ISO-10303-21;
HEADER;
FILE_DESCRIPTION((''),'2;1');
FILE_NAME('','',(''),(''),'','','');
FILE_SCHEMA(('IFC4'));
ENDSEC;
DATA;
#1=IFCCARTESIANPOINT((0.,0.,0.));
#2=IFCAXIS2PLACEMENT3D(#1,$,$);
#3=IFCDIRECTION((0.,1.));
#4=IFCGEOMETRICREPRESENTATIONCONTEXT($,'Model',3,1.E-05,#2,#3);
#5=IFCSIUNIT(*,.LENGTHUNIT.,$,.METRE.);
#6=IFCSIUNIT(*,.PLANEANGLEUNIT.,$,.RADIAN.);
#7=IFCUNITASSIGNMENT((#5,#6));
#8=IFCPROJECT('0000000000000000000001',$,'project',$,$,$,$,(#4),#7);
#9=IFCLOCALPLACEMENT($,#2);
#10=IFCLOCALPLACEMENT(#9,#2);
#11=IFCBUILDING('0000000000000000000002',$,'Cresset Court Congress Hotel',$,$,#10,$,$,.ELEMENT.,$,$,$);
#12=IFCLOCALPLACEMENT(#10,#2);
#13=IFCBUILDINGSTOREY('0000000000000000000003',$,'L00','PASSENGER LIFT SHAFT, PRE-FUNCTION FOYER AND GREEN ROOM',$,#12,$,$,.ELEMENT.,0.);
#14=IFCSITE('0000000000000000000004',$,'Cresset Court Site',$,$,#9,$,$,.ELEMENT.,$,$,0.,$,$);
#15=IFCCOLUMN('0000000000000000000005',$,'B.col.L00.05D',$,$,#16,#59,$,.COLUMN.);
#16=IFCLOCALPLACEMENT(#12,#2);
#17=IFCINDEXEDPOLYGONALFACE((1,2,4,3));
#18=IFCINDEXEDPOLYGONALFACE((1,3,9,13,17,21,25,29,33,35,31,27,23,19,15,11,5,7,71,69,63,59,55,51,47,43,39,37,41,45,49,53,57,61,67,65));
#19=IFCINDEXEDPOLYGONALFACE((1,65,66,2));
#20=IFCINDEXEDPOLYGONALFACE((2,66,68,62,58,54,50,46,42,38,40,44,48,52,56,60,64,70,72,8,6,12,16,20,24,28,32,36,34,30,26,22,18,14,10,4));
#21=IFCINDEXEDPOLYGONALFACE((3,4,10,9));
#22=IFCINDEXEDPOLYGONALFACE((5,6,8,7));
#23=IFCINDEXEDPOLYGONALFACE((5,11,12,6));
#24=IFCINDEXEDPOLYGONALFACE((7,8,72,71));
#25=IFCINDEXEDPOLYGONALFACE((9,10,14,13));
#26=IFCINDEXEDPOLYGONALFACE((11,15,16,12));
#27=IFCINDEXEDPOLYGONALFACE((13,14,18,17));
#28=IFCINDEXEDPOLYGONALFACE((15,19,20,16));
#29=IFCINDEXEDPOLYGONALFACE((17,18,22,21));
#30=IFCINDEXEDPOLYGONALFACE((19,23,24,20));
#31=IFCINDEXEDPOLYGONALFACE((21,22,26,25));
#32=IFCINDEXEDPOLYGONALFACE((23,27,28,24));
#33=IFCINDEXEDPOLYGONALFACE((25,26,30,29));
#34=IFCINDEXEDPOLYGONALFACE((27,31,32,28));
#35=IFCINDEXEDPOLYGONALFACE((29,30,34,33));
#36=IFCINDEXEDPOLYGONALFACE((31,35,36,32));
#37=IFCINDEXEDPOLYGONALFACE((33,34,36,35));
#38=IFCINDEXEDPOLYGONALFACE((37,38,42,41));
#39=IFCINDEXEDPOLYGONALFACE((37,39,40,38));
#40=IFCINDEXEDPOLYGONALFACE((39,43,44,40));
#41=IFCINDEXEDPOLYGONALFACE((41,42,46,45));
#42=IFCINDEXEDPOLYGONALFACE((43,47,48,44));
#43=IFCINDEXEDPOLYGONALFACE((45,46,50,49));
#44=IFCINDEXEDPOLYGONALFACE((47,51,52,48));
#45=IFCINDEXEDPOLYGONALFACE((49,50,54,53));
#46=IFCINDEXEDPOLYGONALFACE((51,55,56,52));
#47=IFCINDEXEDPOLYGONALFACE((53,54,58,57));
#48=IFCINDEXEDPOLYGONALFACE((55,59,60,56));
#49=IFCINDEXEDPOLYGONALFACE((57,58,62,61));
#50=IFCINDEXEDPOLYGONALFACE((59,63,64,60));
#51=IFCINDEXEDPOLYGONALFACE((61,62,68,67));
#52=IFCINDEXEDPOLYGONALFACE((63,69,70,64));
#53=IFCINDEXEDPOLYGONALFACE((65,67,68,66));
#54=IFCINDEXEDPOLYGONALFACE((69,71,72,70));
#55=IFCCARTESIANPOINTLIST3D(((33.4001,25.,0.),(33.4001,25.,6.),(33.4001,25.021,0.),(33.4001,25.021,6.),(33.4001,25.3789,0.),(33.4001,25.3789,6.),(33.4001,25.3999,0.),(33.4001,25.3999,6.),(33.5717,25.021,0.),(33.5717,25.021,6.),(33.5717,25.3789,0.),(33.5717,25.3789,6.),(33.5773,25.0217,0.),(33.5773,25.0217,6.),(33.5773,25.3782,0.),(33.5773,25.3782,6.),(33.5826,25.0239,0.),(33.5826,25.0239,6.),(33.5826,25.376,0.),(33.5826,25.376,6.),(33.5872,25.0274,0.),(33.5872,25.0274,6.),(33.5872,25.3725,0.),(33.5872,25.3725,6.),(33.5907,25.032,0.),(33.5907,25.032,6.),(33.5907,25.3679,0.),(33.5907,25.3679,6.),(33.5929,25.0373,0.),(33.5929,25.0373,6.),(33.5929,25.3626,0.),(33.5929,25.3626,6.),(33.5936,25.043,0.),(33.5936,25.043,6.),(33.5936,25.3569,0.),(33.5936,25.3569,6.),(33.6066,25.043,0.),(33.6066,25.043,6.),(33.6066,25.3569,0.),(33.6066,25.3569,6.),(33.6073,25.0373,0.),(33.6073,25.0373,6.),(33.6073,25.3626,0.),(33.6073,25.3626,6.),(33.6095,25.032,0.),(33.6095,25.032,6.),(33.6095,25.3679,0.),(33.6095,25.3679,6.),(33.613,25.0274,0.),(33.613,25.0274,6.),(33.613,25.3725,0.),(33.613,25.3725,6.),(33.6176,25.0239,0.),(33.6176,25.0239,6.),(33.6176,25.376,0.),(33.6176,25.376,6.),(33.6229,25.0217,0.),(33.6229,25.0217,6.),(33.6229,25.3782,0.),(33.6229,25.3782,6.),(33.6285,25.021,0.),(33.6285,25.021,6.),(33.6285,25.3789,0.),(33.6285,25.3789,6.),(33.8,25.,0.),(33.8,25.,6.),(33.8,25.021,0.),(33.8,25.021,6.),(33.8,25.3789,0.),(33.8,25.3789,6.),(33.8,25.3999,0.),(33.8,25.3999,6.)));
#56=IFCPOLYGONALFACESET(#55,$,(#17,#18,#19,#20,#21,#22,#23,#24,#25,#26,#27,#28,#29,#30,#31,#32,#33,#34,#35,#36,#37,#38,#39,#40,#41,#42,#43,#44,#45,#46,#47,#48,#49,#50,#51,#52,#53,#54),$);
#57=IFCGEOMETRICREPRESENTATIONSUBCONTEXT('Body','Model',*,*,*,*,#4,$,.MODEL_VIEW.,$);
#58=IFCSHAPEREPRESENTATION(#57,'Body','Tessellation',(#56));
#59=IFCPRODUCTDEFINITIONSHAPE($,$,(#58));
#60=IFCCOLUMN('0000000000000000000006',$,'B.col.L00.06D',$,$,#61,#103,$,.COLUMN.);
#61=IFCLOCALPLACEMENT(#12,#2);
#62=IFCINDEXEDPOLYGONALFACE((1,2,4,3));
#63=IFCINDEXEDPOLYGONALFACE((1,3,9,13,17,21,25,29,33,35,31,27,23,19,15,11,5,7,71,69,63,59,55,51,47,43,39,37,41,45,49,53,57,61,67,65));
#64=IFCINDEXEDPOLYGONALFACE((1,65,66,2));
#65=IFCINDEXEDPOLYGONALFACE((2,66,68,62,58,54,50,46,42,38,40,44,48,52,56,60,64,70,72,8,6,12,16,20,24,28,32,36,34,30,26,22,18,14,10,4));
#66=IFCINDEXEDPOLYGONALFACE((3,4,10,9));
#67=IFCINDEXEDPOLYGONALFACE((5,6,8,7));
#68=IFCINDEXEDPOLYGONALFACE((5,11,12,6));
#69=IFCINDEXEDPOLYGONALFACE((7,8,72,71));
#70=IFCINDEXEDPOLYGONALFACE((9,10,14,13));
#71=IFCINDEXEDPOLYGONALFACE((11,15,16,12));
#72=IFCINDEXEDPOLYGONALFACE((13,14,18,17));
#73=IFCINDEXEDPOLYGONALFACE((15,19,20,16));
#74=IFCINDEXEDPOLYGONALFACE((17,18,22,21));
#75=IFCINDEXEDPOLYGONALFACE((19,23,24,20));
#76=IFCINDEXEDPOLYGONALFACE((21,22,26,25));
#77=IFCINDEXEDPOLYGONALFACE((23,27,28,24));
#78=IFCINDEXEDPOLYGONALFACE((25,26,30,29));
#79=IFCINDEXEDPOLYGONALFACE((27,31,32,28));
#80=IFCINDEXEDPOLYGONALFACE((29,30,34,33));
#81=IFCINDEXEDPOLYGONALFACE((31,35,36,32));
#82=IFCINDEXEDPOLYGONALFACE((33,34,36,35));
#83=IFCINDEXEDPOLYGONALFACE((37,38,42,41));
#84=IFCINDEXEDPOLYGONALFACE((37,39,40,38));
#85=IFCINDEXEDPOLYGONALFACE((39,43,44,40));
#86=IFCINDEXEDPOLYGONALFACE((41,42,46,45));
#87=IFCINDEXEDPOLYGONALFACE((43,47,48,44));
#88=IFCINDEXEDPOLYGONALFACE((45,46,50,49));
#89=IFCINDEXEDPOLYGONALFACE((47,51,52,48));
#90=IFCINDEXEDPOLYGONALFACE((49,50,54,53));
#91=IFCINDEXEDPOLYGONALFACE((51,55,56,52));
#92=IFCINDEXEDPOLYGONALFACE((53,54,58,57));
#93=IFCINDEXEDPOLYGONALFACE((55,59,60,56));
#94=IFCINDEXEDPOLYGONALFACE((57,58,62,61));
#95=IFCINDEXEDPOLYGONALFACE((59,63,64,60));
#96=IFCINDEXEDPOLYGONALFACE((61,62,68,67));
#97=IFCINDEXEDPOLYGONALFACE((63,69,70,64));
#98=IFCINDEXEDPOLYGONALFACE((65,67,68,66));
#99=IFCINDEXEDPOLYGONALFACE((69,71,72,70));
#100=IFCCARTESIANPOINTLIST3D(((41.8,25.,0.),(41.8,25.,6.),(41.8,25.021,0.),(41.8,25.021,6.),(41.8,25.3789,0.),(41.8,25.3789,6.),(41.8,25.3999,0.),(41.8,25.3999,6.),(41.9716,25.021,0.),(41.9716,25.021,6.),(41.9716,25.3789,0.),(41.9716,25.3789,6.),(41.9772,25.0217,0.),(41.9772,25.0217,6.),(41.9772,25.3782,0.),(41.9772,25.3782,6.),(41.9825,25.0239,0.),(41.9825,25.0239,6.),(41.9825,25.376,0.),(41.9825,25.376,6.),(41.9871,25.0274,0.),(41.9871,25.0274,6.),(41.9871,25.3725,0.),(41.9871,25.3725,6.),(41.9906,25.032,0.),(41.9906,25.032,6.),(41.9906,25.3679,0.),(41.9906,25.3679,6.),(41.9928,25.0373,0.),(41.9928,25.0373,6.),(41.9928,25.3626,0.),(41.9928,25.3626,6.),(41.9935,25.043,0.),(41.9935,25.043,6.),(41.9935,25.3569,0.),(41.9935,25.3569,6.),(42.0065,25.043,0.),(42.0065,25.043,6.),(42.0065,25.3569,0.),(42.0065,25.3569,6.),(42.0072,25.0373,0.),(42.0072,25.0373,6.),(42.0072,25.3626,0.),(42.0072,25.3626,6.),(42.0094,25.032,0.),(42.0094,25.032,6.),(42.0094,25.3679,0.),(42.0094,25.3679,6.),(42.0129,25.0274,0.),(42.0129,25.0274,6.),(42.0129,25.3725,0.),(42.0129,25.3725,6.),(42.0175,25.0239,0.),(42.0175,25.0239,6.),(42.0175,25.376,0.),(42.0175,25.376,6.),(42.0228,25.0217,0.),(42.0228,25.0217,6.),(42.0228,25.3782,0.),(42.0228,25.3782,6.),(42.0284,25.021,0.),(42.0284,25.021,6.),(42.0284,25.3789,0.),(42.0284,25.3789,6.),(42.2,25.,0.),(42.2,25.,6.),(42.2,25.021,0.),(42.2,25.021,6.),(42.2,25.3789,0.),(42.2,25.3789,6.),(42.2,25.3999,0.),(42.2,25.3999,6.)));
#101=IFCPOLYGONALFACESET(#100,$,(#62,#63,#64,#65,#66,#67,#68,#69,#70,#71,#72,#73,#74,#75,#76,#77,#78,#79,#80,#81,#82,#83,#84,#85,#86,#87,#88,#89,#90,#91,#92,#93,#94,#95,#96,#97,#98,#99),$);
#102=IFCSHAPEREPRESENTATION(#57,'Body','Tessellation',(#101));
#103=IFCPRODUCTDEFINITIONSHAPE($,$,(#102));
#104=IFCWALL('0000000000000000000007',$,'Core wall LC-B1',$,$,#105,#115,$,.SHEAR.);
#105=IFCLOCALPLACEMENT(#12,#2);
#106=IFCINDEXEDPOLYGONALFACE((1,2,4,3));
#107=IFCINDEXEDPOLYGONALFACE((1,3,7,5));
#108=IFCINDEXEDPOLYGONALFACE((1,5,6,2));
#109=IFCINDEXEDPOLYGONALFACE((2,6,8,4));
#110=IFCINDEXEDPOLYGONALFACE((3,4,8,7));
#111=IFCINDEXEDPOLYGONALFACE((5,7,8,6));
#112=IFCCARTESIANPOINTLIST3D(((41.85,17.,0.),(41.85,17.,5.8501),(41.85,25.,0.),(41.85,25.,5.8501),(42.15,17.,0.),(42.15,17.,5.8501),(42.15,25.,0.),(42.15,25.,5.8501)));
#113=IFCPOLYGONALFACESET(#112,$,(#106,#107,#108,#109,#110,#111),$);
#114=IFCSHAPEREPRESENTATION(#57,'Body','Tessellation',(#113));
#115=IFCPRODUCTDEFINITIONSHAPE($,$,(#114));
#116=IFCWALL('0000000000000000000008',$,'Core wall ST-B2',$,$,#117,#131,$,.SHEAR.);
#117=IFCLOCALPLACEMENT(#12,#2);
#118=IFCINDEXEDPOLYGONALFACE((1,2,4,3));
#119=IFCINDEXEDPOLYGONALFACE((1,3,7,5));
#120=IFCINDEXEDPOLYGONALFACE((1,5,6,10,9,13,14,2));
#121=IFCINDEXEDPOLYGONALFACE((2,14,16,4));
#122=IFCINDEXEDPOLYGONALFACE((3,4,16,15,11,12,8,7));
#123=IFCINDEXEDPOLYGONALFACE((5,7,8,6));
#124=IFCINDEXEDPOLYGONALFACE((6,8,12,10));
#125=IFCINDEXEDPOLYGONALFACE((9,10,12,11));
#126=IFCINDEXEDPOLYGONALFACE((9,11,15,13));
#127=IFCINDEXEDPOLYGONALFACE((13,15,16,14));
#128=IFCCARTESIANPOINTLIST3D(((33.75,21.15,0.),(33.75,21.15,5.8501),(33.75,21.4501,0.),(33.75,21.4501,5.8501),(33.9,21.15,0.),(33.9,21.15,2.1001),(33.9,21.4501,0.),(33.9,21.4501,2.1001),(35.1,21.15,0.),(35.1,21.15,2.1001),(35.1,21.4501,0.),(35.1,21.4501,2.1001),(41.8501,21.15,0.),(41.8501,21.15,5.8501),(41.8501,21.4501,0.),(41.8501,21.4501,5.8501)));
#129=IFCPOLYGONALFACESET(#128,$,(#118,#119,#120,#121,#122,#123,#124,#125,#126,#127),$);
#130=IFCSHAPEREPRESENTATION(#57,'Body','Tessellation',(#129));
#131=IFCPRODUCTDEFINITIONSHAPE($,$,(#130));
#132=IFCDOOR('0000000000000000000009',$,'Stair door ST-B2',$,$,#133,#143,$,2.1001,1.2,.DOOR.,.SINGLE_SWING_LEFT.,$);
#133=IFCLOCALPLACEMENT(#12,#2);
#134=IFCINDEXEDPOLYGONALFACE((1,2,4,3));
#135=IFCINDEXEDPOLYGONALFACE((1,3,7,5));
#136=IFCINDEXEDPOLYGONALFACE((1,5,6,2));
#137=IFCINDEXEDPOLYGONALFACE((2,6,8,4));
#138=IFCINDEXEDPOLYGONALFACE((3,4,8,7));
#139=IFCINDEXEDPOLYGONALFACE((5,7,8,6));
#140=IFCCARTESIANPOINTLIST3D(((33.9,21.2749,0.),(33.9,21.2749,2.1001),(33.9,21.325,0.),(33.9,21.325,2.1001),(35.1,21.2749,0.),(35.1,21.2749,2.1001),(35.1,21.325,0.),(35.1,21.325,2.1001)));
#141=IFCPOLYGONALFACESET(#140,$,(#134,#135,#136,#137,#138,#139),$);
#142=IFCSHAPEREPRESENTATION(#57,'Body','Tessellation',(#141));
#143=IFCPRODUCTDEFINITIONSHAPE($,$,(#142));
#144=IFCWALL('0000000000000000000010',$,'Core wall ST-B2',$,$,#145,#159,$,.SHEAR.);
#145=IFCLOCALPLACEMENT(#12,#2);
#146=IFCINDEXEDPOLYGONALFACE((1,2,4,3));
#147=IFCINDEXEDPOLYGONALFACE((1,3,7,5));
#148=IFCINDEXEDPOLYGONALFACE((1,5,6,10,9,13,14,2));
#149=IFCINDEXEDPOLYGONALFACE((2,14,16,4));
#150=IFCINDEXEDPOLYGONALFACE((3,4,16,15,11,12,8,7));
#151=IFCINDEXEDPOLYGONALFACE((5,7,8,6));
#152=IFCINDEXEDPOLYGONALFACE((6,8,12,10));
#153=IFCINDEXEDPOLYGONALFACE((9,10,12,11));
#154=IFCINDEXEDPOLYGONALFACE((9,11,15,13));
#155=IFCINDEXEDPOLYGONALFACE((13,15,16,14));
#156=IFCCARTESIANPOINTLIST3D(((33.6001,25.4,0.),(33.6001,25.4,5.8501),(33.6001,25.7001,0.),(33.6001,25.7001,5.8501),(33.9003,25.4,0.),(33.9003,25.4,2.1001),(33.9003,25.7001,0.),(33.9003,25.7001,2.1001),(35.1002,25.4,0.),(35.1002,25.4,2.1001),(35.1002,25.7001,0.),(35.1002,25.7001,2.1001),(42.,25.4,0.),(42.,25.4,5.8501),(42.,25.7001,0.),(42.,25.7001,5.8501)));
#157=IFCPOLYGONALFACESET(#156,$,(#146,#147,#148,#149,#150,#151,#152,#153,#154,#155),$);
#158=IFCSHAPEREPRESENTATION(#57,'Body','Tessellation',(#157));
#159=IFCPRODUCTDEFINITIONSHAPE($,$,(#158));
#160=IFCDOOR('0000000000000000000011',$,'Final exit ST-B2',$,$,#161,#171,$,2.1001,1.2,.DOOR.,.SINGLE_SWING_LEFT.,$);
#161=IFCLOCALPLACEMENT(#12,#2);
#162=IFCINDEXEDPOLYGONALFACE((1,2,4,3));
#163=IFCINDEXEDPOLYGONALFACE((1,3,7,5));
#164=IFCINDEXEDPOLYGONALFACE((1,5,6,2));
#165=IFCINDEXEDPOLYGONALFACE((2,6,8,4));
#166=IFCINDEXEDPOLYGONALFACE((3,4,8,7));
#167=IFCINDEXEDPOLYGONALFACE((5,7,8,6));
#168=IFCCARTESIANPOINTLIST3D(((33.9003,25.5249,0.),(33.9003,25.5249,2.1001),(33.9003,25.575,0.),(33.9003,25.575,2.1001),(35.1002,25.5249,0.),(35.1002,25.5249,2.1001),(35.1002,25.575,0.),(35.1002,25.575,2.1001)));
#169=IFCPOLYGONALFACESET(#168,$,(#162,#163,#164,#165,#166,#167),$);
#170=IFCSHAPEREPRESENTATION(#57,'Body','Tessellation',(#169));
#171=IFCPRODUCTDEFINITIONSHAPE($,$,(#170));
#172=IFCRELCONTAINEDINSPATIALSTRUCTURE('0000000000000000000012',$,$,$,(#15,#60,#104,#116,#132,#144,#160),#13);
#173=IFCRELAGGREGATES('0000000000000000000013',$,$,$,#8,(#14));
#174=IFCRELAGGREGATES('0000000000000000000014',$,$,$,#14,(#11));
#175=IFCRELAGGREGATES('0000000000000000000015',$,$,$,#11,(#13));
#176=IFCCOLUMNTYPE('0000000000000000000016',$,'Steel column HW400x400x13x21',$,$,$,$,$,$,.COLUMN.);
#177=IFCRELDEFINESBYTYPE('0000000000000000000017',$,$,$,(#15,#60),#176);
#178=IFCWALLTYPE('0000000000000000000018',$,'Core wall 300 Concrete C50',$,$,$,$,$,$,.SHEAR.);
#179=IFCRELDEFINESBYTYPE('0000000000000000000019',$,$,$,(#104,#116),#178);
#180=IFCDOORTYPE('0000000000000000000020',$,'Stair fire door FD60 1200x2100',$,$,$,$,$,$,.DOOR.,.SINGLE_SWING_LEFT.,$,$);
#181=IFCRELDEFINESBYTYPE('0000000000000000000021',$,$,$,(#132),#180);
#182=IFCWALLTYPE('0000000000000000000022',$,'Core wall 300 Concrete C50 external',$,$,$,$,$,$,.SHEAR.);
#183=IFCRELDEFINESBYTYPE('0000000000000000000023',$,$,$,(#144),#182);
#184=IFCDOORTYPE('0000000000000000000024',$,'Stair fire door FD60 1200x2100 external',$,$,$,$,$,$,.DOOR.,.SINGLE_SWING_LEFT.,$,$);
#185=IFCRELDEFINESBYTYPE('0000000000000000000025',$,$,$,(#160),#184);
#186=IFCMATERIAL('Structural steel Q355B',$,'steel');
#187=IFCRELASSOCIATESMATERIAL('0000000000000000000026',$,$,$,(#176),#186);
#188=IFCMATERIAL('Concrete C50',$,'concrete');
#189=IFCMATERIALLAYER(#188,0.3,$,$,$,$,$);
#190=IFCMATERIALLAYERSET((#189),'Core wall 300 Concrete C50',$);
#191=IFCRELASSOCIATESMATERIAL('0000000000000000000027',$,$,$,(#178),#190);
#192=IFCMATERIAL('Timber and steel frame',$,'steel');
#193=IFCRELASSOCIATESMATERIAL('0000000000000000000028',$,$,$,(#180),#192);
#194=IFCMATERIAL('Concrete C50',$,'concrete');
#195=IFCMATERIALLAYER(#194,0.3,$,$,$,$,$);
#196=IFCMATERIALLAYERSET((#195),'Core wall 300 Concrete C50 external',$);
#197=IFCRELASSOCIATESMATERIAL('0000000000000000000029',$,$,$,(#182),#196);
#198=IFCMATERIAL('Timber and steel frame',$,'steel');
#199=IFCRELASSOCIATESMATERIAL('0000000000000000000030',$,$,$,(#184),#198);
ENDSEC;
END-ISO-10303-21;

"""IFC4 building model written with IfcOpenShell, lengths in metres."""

from ifc_helpers import new_model, si_unit, direction, frame, frame_2d, origin, origin_2d, place, context, subcontext, project, spatial, rectangle, i_section, extrude, material, layer, layer_set, material_profile, profile_set, type_object, element, fill, save


model = new_model("IFC4")

# Units and contexts
model_context = context("Model", 3, precision=1e-05, world=origin(), true_north=direction((0.0, 1.0)))
body_context = subcontext(model_context, "Body", "Model", "MODEL_VIEW")
ifc_project = project(units=[si_unit("LENGTHUNIT", "METRE"), si_unit("PLANEANGLEUNIT", "RADIAN")], contexts=[model_context])

# Site, building, storey
site_placement = place(None, origin())
site = spatial("IfcSite", under=ifc_project, at=site_placement, Name="Cresset Court Site", CompositionType="ELEMENT", RefElevation=0.0)
building_placement = place(site_placement, origin())
building = spatial("IfcBuilding", under=site, at=building_placement, Name="Cresset Court Congress Hotel", CompositionType="ELEMENT")
storey_placement = place(building_placement, origin())
storey = spatial("IfcBuildingStorey", under=building, at=storey_placement, Name="L00", Description="PASSENGER LIFT SHAFT, PRE-FUNCTION FOYER AND GREEN ROOM", CompositionType="ELEMENT", Elevation=0.0)

# Columns
ifc_material_1 = material(Name="Structural steel Q355B", Category="steel")
ifc_material_profile = material_profile(ifc_material_1, i_section(OverallWidth=0.3999, OverallDepth=0.3999, WebThickness=0.0129, FlangeThickness=0.021, FilletRadius=0.022, at=origin_2d()), Name="HW400x400x13x21")
ifc_profile_set = profile_set([ifc_material_profile], Name="Structural steel Q355B")
column_type = type_object("IfcColumnType", Name="Steel column HW400x400x13x21", PredefinedType="COLUMN", material=ifc_profile_set)
for number, where, z_axis, x_axis, name in (
    (1, (33.6001, 25.2, 0.0), (0.0, 0.0, 1.0), (1.0, 0.0, 0.0), "B.col.L00.05D"),
    (2, (42.0, 25.2, 0.0), (0.0, 0.0, 1.0), (1.0, 0.0, 0.0), "B.col.L00.06D"),
):
    element("IfcColumn", number, at=place(storey_placement, frame(where, z_axis=z_axis, x_axis=x_axis)), inside=storey, type_object=column_type, Name=name, PredefinedType="COLUMN", context=body_context, shape_type="SweptSolid", body=[
        extrude(i_section(OverallWidth=0.3999, OverallDepth=0.3999, WebThickness=0.0129, FlangeThickness=0.021, FilletRadius=0.022, at=origin_2d()), origin(), (0.0, 0.0, 1.0), 6.0),
    ])

# Wall
ifc_material_2 = material(Name="Concrete C50", Category="concrete")
ifc_layer_1 = layer(ifc_material_2, 0.3)
ifc_layer_set_1 = layer_set([ifc_layer_1], Name="Core wall 300 Concrete C50")
wall_type_1 = type_object("IfcWallType", Name="Core wall 300 Concrete C50", PredefinedType="SHEAR", material=ifc_layer_set_1)
wall_1_placement = place(storey_placement, frame((42.0, 17.0, 0.0), z_axis=(0.0, 0.0, 1.0), x_axis=(0.0, 1.0, 0.0)))
element("IfcWall", 3, at=wall_1_placement, inside=storey, type_object=wall_type_1, Name="Core wall LC-B1", PredefinedType="SHEAR", context=body_context, shape_type="SweptSolid", body=[
    extrude(rectangle(XDim=8.0, YDim=0.3, at=frame_2d((4.0, 0.0))), origin(), (0.0, 0.0, 1.0), 5.8501),
])

# Walls, openings, doors
wall_2_placement = place(storey_placement, frame((33.75, 21.3, 0.0), z_axis=(0.0, 0.0, 1.0), x_axis=(1.0, 0.0, 0.0)))
wall_2 = element("IfcWall", 4, at=wall_2_placement, inside=storey, type_object=wall_type_1, Name="Core wall ST-B2", PredefinedType="SHEAR", context=body_context, shape_type="SweptSolid", body=[
    extrude(rectangle(XDim=8.1001, YDim=0.3, at=frame_2d((4.05, 0.0))), origin(), (0.0, 0.0, 1.0), 5.8501),
])
opening_1_placement = place(wall_2_placement, frame((0.1499, 0.0, 0.0)))
opening_1 = element("IfcOpeningElement", 5, at=opening_1_placement, cuts=wall_2, PredefinedType="OPENING", context=body_context, shape_type="SweptSolid", body=[
    extrude(rectangle(XDim=1.2, YDim=2.1001, at=frame_2d((0.6001, 1.05))), frame((0.0, 0.1599, 0.0), z_axis=(0.0, -1.0, 0.0), x_axis=(1.0, 0.0, 0.0)), (0.0, 0.0, 1.0), 0.3201),
])
ifc_material_3 = material(Name="Timber and steel frame", Category="steel")
door_type_1 = type_object("IfcDoorType", Name="Stair fire door FD60 1200x2100", OperationType="SINGLE_SWING_LEFT", PredefinedType="DOOR", material=ifc_material_3)
door_1_placement = place(opening_1_placement, origin())
door_1 = element("IfcDoor", 6, at=door_1_placement, inside=storey, type_object=door_type_1, Name="Stair door ST-B2", OperationType="SINGLE_SWING_LEFT", OverallHeight=2.1001, OverallWidth=1.2, PredefinedType="DOOR", context=body_context, shape_type="SweptSolid", body=[
    extrude(rectangle(XDim=1.2, YDim=2.1001, at=frame_2d((0.6001, 1.05))), frame((0.0, 0.0249, 0.0), z_axis=(0.0, -1.0, 0.0), x_axis=(1.0, 0.0, 0.0)), (0.0, 0.0, 1.0), 0.05),
])
fill(opening_1, door_1)
ifc_material_4 = material(Name="Concrete C50", Category="concrete")
ifc_layer_2 = layer(ifc_material_4, 0.3)
ifc_layer_set_2 = layer_set([ifc_layer_2], Name="Core wall 300 Concrete C50 external")
wall_type_2 = type_object("IfcWallType", Name="Core wall 300 Concrete C50 external", PredefinedType="SHEAR", material=ifc_layer_set_2)
wall_3_placement = place(storey_placement, frame((33.6001, 25.55, 0.0), z_axis=(0.0, 0.0, 1.0), x_axis=(1.0, 0.0, 0.0)))
wall_3 = element("IfcWall", 7, at=wall_3_placement, inside=storey, type_object=wall_type_2, Name="Core wall ST-B2", PredefinedType="SHEAR", context=body_context, shape_type="SweptSolid", body=[
    extrude(rectangle(XDim=8.3999, YDim=0.3, at=frame_2d((4.2, 0.0))), origin(), (0.0, 0.0, 1.0), 5.8501),
])
opening_2_placement = place(wall_3_placement, frame((0.3, 0.0, 0.0)))
opening_2 = element("IfcOpeningElement", 8, at=opening_2_placement, cuts=wall_3, PredefinedType="OPENING", context=body_context, shape_type="SweptSolid", body=[
    extrude(rectangle(XDim=1.2, YDim=2.1001, at=frame_2d((0.6001, 1.05))), frame((0.0, 0.1599, 0.0), z_axis=(0.0, -1.0, 0.0), x_axis=(1.0, 0.0, 0.0)), (0.0, 0.0, 1.0), 0.3201),
])
ifc_material_5 = material(Name="Timber and steel frame", Category="steel")
door_type_2 = type_object("IfcDoorType", Name="Stair fire door FD60 1200x2100 external", OperationType="SINGLE_SWING_LEFT", PredefinedType="DOOR", material=ifc_material_5)
door_2_placement = place(opening_2_placement, origin())
door_2 = element("IfcDoor", 9, at=door_2_placement, inside=storey, type_object=door_type_2, Name="Final exit ST-B2", OperationType="SINGLE_SWING_LEFT", OverallHeight=2.1001, OverallWidth=1.2, PredefinedType="DOOR", context=body_context, shape_type="SweptSolid", body=[
    extrude(rectangle(XDim=1.2, YDim=2.1001, at=frame_2d((0.6001, 1.05))), frame((0.0, 0.0249, 0.0), z_axis=(0.0, -1.0, 0.0), x_axis=(1.0, 0.0, 0.0)), (0.0, 0.0, 1.0), 0.05),
])
fill(opening_2, door_2)

save(model, "model.ifc")
